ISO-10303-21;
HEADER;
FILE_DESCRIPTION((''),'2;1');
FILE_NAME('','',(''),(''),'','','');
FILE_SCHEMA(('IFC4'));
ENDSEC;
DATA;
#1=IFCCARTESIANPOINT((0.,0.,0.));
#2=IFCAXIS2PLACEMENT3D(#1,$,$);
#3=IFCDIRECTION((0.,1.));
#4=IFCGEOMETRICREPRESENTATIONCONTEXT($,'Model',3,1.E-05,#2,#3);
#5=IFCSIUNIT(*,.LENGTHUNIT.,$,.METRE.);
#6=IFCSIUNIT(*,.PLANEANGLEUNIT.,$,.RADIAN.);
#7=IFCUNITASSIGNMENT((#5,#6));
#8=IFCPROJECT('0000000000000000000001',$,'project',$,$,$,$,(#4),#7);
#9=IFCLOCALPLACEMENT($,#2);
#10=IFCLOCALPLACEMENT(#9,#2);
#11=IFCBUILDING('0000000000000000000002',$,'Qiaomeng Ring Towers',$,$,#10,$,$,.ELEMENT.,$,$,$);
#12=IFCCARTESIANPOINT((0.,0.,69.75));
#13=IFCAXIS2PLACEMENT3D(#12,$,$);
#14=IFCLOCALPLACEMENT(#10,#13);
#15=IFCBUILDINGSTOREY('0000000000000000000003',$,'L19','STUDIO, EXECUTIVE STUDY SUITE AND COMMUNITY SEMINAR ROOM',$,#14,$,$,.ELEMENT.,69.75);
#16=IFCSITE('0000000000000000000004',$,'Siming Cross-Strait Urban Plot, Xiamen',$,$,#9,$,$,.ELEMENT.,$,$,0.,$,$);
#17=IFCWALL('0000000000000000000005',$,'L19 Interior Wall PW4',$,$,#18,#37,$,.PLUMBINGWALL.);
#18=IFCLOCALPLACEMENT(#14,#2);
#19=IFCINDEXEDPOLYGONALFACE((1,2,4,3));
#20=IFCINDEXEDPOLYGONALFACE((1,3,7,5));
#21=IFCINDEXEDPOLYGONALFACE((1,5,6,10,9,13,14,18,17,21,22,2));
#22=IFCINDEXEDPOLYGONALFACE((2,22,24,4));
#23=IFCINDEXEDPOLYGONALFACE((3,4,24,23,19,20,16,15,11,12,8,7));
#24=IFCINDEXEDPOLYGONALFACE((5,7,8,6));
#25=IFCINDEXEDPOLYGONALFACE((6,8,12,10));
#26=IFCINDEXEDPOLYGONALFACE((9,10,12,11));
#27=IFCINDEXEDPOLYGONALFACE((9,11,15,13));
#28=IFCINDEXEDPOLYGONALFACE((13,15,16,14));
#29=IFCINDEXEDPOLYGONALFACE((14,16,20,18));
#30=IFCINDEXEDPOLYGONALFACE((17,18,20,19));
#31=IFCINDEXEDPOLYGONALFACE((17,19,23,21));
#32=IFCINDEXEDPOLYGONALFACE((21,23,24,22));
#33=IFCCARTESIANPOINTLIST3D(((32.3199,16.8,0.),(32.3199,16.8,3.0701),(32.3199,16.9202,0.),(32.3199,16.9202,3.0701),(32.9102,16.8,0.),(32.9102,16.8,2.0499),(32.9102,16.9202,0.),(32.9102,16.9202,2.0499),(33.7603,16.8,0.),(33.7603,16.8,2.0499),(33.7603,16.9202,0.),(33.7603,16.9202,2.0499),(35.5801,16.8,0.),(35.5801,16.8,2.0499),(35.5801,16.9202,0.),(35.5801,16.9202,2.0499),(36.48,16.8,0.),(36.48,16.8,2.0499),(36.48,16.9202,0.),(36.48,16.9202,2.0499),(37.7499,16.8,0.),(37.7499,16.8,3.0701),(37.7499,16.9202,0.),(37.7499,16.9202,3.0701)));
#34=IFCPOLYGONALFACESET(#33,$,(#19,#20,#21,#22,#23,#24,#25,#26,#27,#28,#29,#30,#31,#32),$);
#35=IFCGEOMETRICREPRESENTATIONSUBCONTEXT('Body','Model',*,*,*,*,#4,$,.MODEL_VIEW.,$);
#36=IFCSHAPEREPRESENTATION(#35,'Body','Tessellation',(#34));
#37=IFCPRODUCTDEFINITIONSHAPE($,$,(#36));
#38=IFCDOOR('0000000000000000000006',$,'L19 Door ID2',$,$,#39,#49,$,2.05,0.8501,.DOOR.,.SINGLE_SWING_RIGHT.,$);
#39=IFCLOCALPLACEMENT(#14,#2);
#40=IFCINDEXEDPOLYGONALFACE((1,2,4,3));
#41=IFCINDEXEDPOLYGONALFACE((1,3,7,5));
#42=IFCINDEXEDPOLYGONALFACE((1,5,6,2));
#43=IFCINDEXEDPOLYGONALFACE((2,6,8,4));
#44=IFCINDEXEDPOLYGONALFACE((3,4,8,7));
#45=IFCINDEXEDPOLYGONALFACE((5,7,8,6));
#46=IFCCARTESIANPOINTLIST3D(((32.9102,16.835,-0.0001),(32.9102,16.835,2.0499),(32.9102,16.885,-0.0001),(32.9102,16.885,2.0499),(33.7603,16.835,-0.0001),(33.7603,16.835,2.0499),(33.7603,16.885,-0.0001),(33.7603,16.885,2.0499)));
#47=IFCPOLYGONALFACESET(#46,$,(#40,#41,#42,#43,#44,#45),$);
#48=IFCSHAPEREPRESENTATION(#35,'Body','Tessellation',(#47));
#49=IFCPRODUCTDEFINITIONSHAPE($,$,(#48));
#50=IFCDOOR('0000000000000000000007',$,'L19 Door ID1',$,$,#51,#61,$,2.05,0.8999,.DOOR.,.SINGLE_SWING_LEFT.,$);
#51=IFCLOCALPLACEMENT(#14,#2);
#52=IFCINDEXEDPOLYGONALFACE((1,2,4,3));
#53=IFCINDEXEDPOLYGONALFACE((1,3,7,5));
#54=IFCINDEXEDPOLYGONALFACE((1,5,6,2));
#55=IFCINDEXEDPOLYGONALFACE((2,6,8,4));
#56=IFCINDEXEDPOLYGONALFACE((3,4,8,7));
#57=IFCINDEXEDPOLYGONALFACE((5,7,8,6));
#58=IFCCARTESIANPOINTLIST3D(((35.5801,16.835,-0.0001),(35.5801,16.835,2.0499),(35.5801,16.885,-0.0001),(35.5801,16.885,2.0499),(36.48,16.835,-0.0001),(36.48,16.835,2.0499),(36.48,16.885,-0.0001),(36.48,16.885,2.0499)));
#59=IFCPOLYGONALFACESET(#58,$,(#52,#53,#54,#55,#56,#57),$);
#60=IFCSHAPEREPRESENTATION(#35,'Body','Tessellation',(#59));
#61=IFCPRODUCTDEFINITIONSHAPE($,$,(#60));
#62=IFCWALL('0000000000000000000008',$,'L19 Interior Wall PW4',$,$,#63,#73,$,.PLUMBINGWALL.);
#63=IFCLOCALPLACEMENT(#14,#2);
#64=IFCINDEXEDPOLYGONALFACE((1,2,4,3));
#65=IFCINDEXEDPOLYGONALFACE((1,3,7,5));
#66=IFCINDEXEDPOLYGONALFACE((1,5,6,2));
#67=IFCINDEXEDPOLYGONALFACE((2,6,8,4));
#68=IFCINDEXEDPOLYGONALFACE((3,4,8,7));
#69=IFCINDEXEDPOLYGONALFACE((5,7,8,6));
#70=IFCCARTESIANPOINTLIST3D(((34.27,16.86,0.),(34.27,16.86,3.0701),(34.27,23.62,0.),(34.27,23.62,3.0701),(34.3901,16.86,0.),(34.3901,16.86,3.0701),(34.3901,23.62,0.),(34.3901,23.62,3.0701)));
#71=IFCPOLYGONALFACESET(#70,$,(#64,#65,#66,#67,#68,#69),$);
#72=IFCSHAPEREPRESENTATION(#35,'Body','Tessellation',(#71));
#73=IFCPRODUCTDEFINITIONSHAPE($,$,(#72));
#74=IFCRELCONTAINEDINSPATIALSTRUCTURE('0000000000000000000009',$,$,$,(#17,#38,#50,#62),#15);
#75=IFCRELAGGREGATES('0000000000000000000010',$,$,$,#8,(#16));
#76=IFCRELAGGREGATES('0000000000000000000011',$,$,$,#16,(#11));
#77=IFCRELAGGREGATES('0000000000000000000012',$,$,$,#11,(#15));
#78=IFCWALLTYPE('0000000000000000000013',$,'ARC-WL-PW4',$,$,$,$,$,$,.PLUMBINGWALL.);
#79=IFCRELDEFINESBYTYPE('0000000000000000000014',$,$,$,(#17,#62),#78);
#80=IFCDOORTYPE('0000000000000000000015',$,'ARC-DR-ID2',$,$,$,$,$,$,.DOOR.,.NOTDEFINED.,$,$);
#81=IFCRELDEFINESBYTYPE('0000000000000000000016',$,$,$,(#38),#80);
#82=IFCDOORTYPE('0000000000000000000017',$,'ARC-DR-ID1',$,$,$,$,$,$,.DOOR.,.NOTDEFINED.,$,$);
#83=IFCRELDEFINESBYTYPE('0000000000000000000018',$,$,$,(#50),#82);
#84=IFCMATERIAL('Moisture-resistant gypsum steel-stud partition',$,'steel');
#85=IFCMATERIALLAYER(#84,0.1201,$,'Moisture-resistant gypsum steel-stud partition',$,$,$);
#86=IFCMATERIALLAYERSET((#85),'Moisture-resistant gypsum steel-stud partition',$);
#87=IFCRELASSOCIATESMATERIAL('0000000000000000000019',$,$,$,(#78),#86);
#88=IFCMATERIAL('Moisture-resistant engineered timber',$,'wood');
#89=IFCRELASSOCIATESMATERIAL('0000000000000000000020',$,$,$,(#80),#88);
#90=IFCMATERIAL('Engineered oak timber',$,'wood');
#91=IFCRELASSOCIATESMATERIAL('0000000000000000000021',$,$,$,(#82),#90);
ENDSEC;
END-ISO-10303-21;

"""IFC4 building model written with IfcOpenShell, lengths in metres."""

from ifc_helpers import new_model, si_unit, direction, frame, frame_2d, origin, place, context, subcontext, project, spatial, rectangle, extrude, source, transform, mapped, material, layer, layer_set, type_object, element, fill, save


model = new_model("IFC4")

# Units and contexts
model_context = context("Model", 3, precision=1e-05, world=origin(), true_north=direction((0.0, 1.0)))
body_context = subcontext(model_context, "Body", "Model", "MODEL_VIEW")
ifc_project = project(units=[si_unit("LENGTHUNIT", "METRE"), si_unit("PLANEANGLEUNIT", "RADIAN")], contexts=[model_context])

# Site, building, storey
site_placement = place(None, origin())
site = spatial("IfcSite", under=ifc_project, at=site_placement, Name="Siming Cross-Strait Urban Plot, Xiamen", CompositionType="ELEMENT", RefElevation=0.0)
building_placement = place(site_placement, origin())
building = spatial("IfcBuilding", under=site, at=building_placement, Name="Qiaomeng Ring Towers", CompositionType="ELEMENT")
storey_placement = place(building_placement, frame((0.0, 0.0, 69.75)))
storey = spatial("IfcBuildingStorey", under=building, at=storey_placement, Name="L19", Description="STUDIO, EXECUTIVE STUDY SUITE AND COMMUNITY SEMINAR ROOM", CompositionType="ELEMENT", Elevation=69.75)

# Wall, openings, doors
ifc_material_1 = material(Name="Moisture-resistant gypsum steel-stud partition", Category="steel")
ifc_layer_1 = layer(ifc_material_1, 0.1201, Name="Moisture-resistant gypsum steel-stud partition")
ifc_layer_set_1 = layer_set([ifc_layer_1], Name="Moisture-resistant gypsum steel-stud partition")
wall_type_1 = type_object("IfcWallType", Name="ARC-WL-PW4", PredefinedType="PLUMBINGWALL", material=ifc_layer_set_1)
wall_1_placement = place(storey_placement, frame((32.3201, 16.8601, 0.0), z_axis=(0.0, 0.0, 1.0), x_axis=(1.0, 0.0, 0.0)))
wall_1 = element("IfcWall", 1, at=wall_1_placement, inside=storey, type_object=wall_type_1, Name="L19 Interior Wall PW4", PredefinedType="PLUMBINGWALL", context=body_context, shape_type="SweptSolid", body=[
    extrude(rectangle(XDim=5.4299, YDim=0.1201, at=frame_2d((2.7148, 0.0))), origin(), (0.0, 0.0, 1.0), 3.0701),
])
opening_1_placement = place(wall_1_placement, frame((0.5901, 0.0, 0.0)))
opening_1 = element("IfcOpeningElement", 2, at=opening_1_placement, cuts=wall_1, PredefinedType="OPENING", context=body_context, shape_type="SweptSolid", body=[
    extrude(rectangle(XDim=0.8501, YDim=2.05, at=frame_2d((0.425, 1.0249))), frame((0.0, 0.0701, 0.0), z_axis=(0.0, -1.0, 0.0), x_axis=(1.0, 0.0, 0.0)), (0.0, 0.0, 1.0), 0.1401),
])
opening_2_placement = place(wall_1_placement, frame((3.26, 0.0, 0.0)))
opening_2 = element("IfcOpeningElement", 3, at=opening_2_placement, cuts=wall_1, PredefinedType="OPENING", context=body_context, shape_type="SweptSolid", body=[
    extrude(rectangle(XDim=0.8999, YDim=2.05, at=frame_2d((0.45, 1.0249))), frame((0.0, 0.0701, 0.0), z_axis=(0.0, -1.0, 0.0), x_axis=(1.0, 0.0, 0.0)), (0.0, 0.0, 1.0), 0.1401),
])
ifc_material_2 = material(Name="Moisture-resistant engineered timber", Category="wood")
door_type_1 = type_object("IfcDoorType", Name="ARC-DR-ID2", OperationType="NOTDEFINED", PredefinedType="DOOR", material=ifc_material_2)
shared_shape_1 = source(origin(), body_context, "Body", "SweptSolid", [
    extrude(rectangle(XDim=0.8501, YDim=2.05, at=frame_2d((0.425, 1.0249))), frame((0.0, 0.0249, 0.0), z_axis=(0.0, -1.0, 0.0), x_axis=(1.0, 0.0, 0.0)), (0.0, 0.0, 1.0), 0.05),
])
door_1_placement = place(opening_1_placement, origin())
door_1 = element("IfcDoor", 4, at=door_1_placement, inside=storey, type_object=door_type_1, Name="L19 Door ID2", OperationType="SINGLE_SWING_RIGHT", OverallHeight=2.05, OverallWidth=0.8501, PredefinedType="DOOR", context=body_context, shape_type="MappedRepresentation", body=[
    mapped(shared_shape_1, transform((0.0, 0.0, 0.0), x_axis=(1.0, 0.0, 0.0), y_axis=(0.0, 1.0, 0.0), z_axis=(0.0, 0.0, 1.0), scale=1.0)),
])
fill(opening_1, door_1)
ifc_material_3 = material(Name="Engineered oak timber", Category="wood")
door_type_2 = type_object("IfcDoorType", Name="ARC-DR-ID1", OperationType="NOTDEFINED", PredefinedType="DOOR", material=ifc_material_3)
shared_shape_2 = source(origin(), body_context, "Body", "SweptSolid", [
    extrude(rectangle(XDim=0.8999, YDim=2.05, at=frame_2d((0.45, 1.0249))), frame((0.0, 0.0249, 0.0), z_axis=(0.0, -1.0, 0.0), x_axis=(1.0, 0.0, 0.0)), (0.0, 0.0, 1.0), 0.05),
])
door_2_placement = place(opening_2_placement, origin())
door_2 = element("IfcDoor", 5, at=door_2_placement, inside=storey, type_object=door_type_2, Name="L19 Door ID1", OperationType="SINGLE_SWING_LEFT", OverallHeight=2.05, OverallWidth=0.8999, PredefinedType="DOOR", context=body_context, shape_type="MappedRepresentation", body=[
    mapped(shared_shape_2, transform((0.0, 0.0, 0.0), x_axis=(1.0, 0.0, 0.0), y_axis=(0.0, 1.0, 0.0), z_axis=(0.0, 0.0, 1.0), scale=1.0)),
])
fill(opening_2, door_2)

# Wall
wall_2_placement = place(storey_placement, frame((34.3301, 16.8601, 0.0), z_axis=(0.0, 0.0, 1.0), x_axis=(0.0, 1.0, 0.0)))
element("IfcWall", 6, at=wall_2_placement, inside=storey, type_object=wall_type_1, Name="L19 Interior Wall PW4", PredefinedType="PLUMBINGWALL", context=body_context, shape_type="SweptSolid", body=[
    extrude(rectangle(XDim=6.76, YDim=0.1201, at=frame_2d((3.3799, 0.0))), origin(), (0.0, 0.0, 1.0), 3.0701),
])

save(model, "model.ifc")
